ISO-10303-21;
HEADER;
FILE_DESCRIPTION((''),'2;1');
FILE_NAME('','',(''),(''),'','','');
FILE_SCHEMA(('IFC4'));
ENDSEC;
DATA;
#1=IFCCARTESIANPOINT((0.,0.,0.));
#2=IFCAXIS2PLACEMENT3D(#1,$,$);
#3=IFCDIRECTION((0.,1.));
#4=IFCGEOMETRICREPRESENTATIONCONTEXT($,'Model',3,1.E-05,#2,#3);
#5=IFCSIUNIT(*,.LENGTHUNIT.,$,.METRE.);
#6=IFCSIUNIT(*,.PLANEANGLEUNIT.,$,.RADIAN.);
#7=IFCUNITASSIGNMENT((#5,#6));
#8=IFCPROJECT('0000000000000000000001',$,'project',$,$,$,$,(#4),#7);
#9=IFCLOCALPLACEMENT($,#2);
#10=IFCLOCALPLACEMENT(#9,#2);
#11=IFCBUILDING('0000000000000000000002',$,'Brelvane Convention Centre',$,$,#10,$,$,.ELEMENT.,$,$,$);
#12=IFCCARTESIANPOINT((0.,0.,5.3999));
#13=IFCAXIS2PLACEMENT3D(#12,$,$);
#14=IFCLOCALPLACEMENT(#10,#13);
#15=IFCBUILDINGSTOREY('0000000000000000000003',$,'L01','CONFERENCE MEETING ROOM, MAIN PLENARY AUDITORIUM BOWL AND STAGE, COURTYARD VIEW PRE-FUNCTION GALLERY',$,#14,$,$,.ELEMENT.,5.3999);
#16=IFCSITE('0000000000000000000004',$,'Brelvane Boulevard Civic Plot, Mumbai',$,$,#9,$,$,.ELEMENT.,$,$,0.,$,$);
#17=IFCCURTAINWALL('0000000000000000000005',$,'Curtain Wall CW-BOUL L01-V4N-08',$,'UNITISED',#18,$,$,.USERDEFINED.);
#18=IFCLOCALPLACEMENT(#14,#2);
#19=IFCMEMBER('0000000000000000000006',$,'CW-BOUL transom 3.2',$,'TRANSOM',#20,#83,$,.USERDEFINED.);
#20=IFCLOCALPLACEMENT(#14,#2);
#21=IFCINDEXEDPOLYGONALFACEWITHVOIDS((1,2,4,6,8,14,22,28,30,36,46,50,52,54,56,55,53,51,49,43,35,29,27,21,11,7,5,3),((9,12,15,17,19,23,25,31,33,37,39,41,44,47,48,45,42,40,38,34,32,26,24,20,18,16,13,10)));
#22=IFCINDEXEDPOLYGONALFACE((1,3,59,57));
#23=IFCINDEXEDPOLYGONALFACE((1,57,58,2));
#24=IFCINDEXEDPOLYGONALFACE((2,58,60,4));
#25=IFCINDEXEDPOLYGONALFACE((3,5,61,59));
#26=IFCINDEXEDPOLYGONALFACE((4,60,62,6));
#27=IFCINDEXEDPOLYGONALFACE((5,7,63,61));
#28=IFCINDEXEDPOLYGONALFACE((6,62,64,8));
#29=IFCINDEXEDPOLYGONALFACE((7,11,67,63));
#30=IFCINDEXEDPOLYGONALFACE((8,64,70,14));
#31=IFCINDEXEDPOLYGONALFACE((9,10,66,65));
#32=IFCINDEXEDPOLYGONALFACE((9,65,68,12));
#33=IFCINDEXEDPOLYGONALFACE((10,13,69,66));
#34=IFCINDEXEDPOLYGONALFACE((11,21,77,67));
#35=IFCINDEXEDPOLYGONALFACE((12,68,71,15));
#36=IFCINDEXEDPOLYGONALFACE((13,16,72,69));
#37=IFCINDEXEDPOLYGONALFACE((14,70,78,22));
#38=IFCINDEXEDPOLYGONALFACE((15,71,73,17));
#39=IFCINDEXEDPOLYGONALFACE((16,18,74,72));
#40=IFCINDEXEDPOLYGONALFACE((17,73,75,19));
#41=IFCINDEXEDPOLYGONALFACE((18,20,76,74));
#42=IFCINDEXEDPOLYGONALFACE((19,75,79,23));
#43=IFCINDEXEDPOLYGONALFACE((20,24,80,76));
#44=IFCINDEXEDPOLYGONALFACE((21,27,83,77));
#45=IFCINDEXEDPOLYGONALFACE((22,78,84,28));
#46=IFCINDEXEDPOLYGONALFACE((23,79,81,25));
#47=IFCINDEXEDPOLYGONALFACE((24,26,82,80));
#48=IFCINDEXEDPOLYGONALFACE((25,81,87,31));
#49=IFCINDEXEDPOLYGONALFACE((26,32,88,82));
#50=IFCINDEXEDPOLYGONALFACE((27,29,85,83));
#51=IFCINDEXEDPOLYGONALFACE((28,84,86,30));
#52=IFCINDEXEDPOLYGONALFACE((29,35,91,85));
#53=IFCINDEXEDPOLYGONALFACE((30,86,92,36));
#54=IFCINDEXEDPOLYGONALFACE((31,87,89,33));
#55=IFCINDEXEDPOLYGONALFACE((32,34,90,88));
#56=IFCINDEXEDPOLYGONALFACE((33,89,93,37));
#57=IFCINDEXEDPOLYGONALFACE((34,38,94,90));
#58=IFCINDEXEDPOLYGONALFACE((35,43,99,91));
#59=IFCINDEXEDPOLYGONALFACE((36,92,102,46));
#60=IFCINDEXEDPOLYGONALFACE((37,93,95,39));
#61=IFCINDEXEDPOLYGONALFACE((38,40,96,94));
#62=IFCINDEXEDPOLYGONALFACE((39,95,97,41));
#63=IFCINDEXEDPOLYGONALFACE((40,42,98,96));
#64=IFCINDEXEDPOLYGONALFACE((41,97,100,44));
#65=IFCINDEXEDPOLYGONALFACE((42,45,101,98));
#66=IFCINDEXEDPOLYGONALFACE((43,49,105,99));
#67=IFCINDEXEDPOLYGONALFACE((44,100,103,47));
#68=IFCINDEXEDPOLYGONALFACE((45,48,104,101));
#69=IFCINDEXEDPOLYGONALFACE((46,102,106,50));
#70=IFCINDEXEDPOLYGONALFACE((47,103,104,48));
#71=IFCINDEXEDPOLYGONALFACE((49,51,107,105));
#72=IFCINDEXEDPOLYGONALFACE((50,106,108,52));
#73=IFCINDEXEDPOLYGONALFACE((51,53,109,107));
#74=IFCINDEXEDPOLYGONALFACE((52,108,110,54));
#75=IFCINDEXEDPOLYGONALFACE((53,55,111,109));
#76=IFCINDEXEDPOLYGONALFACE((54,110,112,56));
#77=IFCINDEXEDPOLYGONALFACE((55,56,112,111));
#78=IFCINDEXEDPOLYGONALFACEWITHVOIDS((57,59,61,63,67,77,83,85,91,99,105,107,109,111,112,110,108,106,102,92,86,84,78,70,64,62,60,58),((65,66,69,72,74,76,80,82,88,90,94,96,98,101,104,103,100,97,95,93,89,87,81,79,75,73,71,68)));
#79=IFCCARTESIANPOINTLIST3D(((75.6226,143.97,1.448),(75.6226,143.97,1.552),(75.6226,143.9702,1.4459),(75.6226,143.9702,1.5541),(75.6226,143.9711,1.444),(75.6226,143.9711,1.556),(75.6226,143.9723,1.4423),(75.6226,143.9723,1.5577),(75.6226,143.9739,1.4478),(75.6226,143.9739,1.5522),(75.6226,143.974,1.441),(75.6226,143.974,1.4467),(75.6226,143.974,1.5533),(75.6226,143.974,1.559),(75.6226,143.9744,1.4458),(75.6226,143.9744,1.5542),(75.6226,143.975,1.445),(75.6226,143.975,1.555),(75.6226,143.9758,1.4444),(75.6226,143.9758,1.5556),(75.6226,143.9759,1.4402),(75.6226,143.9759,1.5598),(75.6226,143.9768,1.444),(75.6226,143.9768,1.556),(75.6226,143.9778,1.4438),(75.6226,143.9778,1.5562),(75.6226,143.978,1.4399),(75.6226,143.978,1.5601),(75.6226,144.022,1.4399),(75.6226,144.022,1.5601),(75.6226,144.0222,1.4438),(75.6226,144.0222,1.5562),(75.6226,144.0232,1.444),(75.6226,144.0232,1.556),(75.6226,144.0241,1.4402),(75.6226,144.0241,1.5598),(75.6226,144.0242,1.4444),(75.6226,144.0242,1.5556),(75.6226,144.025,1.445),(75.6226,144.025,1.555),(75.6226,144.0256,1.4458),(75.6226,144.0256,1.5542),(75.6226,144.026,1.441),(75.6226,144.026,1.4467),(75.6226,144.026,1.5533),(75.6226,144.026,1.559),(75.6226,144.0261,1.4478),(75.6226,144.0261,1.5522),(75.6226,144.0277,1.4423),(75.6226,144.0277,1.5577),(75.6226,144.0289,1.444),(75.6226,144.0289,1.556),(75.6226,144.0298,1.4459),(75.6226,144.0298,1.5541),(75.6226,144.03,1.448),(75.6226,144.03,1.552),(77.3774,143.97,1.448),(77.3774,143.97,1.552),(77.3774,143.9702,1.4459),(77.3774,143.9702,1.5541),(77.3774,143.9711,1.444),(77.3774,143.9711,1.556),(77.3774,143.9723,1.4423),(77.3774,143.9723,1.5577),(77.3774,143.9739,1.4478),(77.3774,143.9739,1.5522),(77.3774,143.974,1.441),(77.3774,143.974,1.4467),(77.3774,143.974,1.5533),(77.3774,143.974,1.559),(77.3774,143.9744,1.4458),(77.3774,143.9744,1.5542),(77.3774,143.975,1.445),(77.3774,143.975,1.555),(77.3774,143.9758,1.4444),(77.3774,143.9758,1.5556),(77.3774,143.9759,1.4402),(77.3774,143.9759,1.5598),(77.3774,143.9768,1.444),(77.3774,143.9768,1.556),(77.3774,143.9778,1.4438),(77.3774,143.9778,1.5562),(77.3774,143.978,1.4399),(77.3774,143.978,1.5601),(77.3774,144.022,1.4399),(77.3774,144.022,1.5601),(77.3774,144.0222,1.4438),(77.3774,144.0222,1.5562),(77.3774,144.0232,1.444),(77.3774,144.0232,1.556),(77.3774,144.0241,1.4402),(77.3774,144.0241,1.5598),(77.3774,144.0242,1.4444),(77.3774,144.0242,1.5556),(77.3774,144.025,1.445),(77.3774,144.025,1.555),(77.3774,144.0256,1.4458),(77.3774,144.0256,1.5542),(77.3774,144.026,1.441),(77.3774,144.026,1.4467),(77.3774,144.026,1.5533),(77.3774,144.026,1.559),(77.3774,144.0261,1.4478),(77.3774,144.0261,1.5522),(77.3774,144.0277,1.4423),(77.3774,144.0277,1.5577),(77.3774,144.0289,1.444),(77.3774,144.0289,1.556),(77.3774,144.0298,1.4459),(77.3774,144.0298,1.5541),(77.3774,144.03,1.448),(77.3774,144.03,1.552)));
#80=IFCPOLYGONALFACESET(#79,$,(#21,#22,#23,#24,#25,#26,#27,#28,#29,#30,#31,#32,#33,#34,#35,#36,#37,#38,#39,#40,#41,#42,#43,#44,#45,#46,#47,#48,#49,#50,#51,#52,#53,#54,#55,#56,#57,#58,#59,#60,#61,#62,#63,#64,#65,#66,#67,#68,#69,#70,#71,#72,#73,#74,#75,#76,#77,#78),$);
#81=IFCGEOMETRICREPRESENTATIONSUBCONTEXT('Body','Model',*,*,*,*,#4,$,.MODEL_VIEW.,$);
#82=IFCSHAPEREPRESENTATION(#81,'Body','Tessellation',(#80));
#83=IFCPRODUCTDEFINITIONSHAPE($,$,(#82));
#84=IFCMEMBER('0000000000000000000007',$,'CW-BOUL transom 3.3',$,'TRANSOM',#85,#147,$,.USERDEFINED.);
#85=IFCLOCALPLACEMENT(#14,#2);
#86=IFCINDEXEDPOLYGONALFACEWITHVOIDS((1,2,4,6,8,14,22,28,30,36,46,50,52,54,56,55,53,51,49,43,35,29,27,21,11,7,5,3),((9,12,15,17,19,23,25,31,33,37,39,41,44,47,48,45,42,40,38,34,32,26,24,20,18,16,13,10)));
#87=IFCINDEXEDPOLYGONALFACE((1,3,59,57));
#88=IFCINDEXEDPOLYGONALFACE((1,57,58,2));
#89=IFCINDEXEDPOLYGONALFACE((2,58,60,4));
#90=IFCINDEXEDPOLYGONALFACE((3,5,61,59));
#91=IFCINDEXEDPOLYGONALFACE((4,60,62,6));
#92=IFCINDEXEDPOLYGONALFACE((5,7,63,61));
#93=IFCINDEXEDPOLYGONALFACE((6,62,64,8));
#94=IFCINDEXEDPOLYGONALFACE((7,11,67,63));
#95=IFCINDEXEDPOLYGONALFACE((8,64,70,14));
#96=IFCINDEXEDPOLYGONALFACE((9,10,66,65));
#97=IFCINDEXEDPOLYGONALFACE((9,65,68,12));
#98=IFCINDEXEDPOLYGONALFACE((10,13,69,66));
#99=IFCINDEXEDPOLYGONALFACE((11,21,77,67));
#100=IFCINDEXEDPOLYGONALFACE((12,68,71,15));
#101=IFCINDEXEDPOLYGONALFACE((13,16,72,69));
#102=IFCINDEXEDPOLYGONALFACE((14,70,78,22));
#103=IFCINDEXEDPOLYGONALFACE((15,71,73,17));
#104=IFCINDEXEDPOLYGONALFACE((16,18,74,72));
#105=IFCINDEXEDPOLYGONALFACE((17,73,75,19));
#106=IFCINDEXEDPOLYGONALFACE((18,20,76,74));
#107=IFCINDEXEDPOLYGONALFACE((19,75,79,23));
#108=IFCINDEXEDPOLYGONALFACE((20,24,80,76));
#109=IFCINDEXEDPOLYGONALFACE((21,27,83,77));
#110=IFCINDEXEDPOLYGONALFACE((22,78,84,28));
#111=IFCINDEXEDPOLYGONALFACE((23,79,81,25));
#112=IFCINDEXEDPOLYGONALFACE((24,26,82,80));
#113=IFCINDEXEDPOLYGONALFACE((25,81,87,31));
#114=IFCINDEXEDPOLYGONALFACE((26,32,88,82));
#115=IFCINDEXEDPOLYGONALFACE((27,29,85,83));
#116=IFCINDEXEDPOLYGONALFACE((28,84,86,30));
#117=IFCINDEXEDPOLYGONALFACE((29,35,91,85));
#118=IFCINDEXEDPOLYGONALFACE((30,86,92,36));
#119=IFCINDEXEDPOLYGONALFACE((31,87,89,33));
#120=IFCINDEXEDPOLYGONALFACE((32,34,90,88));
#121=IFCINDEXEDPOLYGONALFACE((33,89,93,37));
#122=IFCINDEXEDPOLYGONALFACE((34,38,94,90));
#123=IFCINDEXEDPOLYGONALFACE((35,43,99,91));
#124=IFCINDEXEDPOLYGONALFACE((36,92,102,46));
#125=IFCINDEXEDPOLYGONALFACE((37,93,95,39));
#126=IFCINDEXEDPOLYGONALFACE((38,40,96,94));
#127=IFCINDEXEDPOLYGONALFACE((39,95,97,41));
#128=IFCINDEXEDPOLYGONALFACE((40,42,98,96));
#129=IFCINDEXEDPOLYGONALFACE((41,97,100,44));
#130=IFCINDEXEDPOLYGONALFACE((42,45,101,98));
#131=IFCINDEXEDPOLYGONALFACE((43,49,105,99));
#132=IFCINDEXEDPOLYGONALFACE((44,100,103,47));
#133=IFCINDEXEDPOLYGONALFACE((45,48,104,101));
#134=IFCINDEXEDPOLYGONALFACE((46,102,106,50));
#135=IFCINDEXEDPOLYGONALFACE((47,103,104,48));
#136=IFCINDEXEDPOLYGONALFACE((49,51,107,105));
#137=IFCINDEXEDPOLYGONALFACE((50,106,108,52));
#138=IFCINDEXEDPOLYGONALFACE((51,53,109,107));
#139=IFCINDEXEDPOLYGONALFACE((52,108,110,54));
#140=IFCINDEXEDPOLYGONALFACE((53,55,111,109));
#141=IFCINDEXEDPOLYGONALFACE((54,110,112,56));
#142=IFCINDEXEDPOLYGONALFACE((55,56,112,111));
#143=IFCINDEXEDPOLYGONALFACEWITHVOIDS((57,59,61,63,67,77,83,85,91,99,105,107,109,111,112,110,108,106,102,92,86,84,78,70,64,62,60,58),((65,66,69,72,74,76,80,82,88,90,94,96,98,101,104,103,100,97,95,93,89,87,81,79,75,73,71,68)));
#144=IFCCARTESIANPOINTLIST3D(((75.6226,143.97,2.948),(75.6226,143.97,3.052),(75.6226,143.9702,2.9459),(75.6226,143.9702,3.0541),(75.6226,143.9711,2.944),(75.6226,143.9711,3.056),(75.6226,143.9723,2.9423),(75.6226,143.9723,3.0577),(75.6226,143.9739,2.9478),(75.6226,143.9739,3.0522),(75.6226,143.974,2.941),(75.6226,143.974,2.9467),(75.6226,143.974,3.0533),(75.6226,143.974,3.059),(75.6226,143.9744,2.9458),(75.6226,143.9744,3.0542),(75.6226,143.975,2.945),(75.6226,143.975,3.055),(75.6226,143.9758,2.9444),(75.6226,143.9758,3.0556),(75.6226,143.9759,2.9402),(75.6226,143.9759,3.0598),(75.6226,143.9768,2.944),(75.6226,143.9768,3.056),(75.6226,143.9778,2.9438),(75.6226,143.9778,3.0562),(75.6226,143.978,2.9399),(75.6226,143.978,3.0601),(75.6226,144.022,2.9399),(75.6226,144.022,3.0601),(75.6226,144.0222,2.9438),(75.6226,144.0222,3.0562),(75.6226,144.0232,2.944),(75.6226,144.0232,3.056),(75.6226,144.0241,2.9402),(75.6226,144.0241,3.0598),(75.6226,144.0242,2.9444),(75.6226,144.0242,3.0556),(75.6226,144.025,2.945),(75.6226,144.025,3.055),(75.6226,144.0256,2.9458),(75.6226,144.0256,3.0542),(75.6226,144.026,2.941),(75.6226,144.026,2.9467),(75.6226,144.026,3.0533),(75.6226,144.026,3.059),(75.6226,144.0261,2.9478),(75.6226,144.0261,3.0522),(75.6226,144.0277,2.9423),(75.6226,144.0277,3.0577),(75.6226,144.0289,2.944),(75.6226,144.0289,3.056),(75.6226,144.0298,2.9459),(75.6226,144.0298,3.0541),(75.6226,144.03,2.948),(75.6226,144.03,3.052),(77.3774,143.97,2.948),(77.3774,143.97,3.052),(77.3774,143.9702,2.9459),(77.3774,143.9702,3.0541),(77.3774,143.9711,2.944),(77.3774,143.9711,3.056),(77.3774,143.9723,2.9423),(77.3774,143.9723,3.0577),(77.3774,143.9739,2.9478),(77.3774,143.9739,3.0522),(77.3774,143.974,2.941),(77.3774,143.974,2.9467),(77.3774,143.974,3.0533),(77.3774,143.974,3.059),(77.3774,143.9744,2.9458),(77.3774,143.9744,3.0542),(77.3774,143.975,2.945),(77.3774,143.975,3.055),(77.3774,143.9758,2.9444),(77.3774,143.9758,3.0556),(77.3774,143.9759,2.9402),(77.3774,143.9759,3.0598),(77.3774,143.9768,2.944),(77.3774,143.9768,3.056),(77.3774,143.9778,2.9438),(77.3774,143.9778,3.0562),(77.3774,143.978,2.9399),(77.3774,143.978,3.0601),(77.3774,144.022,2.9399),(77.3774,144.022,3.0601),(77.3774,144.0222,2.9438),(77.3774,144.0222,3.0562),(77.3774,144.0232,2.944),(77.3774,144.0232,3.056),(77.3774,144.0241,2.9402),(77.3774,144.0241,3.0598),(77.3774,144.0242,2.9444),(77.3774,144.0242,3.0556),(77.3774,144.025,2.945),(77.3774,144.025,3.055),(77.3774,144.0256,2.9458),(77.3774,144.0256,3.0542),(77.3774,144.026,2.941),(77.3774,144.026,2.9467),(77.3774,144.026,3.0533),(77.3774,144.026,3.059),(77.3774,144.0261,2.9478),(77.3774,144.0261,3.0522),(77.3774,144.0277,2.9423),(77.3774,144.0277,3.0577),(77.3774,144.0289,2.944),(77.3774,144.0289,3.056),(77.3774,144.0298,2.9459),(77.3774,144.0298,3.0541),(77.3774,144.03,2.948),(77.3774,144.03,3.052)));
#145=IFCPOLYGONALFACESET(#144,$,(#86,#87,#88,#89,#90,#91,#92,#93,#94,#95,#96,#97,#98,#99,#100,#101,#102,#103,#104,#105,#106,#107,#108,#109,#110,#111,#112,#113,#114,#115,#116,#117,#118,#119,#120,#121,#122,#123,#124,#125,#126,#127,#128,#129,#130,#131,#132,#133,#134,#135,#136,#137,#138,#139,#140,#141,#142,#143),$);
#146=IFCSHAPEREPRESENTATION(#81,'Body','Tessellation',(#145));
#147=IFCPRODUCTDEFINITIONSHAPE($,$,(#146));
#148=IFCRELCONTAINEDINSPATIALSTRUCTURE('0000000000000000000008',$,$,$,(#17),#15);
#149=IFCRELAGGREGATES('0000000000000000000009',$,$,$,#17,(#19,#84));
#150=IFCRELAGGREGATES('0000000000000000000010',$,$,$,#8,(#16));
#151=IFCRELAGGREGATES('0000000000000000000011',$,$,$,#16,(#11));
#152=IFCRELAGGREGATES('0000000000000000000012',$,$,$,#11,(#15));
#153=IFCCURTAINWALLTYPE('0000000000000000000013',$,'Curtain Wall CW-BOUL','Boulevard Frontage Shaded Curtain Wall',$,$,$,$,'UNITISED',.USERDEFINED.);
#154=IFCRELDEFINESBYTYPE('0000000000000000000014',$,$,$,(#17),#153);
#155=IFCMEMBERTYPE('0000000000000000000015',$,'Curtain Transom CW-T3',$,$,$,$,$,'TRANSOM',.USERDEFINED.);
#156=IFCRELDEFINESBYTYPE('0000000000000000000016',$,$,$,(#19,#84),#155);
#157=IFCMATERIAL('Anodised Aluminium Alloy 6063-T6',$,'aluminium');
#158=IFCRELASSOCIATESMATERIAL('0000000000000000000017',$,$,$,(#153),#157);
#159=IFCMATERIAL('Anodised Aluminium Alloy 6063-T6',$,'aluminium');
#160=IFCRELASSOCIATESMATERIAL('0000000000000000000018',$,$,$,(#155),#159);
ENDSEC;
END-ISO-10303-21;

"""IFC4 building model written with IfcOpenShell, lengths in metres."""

from ifc_helpers import new_model, si_unit, direction, frame, origin, origin_2d, place, context, subcontext, project, spatial, hollow_rectangle, extrude, material, material_profile, profile_set, type_object, element, aggregate, save


model = new_model("IFC4")

# Units and contexts
model_context = context("Model", 3, precision=1e-05, world=origin(), true_north=direction((0.0, 1.0)))
body_context = subcontext(model_context, "Body", "Model", "MODEL_VIEW")
ifc_project = project(units=[si_unit("LENGTHUNIT", "METRE"), si_unit("PLANEANGLEUNIT", "RADIAN")], contexts=[model_context])

# Site, building, storey
site_placement = place(None, origin())
site = spatial("IfcSite", under=ifc_project, at=site_placement, Name="Brelvane Boulevard Civic Plot, Mumbai", CompositionType="ELEMENT", RefElevation=0.0)
building_placement = place(site_placement, origin())
building = spatial("IfcBuilding", under=site, at=building_placement, Name="Brelvane Convention Centre", CompositionType="ELEMENT")
storey_placement = place(building_placement, frame((0.0, 0.0, 5.3999)))
storey = spatial("IfcBuildingStorey", under=building, at=storey_placement, Name="L01", Description="CONFERENCE MEETING ROOM, MAIN PLENARY AUDITORIUM BOWL AND STAGE, COURTYARD VIEW PRE-FUNCTION GALLERY", CompositionType="ELEMENT", Elevation=5.3999)

# Curtain wall, members
ifc_material_1 = material(Name="Anodised Aluminium Alloy 6063-T6", Category="aluminium")
curtain_wall_type = type_object("IfcCurtainWallType", Name="Curtain Wall CW-BOUL", Description="Boulevard Frontage Shaded Curtain Wall", ElementType="UNITISED", PredefinedType="USERDEFINED", material=ifc_material_1)
curtain_wall_placement = place(storey_placement, origin())
curtain_wall = element("IfcCurtainWall", 1, at=curtain_wall_placement, inside=storey, type_object=curtain_wall_type, Name="Curtain Wall CW-BOUL L01-V4N-08", ObjectType="UNITISED", PredefinedType="USERDEFINED")
ifc_material_2 = material(Name="Anodised Aluminium Alloy 6063-T6", Category="aluminium")
ifc_material_profile_1 = material_profile(ifc_material_2, hollow_rectangle(XDim=0.0601, YDim=0.1201, WallThickness=0.0039, InnerFilletRadius=0.0039, OuterFilletRadius=0.0081, at=origin_2d()), Name="ALU-T 120x60x4.0")
ifc_profile_set_1 = profile_set([ifc_material_profile_1], Name="Anodised Aluminium Alloy 6063-T6")
member_type_1 = type_object("IfcMemberType", Name="Curtain Transom CW-T3", ElementType="TRANSOM", PredefinedType="USERDEFINED", material=ifc_profile_set_1)
member_1_placement = place(storey_placement, frame((75.6226, 144.0, 1.5), z_axis=(1.0, 0.0, 0.0), x_axis=(0.0, 1.0, 0.0)))
member_1 = element("IfcMember", 2, at=member_1_placement, type_object=member_type_1, Name="CW-BOUL transom 3.2", ObjectType="TRANSOM", PredefinedType="USERDEFINED", context=body_context, shape_type="SweptSolid", body=[
    extrude(hollow_rectangle(XDim=0.0601, YDim=0.1201, WallThickness=0.0039, InnerFilletRadius=0.0039, OuterFilletRadius=0.0081, at=origin_2d()), origin(), (0.0, 0.0, 1.0), 1.7549),
])
member_2_placement = place(storey_placement, frame((75.6226, 144.0, 3.0), z_axis=(1.0, 0.0, 0.0), x_axis=(0.0, 1.0, 0.0)))
member_2 = element("IfcMember", 3, at=member_2_placement, type_object=member_type_1, Name="CW-BOUL transom 3.3", ObjectType="TRANSOM", PredefinedType="USERDEFINED", context=body_context, shape_type="SweptSolid", body=[
    extrude(hollow_rectangle(XDim=0.0601, YDim=0.1201, WallThickness=0.0039, InnerFilletRadius=0.0039, OuterFilletRadius=0.0081, at=origin_2d()), origin(), (0.0, 0.0, 1.0), 1.7549),
])

aggregate(curtain_wall, [member_1, member_2])

save(model, "model.ifc")
